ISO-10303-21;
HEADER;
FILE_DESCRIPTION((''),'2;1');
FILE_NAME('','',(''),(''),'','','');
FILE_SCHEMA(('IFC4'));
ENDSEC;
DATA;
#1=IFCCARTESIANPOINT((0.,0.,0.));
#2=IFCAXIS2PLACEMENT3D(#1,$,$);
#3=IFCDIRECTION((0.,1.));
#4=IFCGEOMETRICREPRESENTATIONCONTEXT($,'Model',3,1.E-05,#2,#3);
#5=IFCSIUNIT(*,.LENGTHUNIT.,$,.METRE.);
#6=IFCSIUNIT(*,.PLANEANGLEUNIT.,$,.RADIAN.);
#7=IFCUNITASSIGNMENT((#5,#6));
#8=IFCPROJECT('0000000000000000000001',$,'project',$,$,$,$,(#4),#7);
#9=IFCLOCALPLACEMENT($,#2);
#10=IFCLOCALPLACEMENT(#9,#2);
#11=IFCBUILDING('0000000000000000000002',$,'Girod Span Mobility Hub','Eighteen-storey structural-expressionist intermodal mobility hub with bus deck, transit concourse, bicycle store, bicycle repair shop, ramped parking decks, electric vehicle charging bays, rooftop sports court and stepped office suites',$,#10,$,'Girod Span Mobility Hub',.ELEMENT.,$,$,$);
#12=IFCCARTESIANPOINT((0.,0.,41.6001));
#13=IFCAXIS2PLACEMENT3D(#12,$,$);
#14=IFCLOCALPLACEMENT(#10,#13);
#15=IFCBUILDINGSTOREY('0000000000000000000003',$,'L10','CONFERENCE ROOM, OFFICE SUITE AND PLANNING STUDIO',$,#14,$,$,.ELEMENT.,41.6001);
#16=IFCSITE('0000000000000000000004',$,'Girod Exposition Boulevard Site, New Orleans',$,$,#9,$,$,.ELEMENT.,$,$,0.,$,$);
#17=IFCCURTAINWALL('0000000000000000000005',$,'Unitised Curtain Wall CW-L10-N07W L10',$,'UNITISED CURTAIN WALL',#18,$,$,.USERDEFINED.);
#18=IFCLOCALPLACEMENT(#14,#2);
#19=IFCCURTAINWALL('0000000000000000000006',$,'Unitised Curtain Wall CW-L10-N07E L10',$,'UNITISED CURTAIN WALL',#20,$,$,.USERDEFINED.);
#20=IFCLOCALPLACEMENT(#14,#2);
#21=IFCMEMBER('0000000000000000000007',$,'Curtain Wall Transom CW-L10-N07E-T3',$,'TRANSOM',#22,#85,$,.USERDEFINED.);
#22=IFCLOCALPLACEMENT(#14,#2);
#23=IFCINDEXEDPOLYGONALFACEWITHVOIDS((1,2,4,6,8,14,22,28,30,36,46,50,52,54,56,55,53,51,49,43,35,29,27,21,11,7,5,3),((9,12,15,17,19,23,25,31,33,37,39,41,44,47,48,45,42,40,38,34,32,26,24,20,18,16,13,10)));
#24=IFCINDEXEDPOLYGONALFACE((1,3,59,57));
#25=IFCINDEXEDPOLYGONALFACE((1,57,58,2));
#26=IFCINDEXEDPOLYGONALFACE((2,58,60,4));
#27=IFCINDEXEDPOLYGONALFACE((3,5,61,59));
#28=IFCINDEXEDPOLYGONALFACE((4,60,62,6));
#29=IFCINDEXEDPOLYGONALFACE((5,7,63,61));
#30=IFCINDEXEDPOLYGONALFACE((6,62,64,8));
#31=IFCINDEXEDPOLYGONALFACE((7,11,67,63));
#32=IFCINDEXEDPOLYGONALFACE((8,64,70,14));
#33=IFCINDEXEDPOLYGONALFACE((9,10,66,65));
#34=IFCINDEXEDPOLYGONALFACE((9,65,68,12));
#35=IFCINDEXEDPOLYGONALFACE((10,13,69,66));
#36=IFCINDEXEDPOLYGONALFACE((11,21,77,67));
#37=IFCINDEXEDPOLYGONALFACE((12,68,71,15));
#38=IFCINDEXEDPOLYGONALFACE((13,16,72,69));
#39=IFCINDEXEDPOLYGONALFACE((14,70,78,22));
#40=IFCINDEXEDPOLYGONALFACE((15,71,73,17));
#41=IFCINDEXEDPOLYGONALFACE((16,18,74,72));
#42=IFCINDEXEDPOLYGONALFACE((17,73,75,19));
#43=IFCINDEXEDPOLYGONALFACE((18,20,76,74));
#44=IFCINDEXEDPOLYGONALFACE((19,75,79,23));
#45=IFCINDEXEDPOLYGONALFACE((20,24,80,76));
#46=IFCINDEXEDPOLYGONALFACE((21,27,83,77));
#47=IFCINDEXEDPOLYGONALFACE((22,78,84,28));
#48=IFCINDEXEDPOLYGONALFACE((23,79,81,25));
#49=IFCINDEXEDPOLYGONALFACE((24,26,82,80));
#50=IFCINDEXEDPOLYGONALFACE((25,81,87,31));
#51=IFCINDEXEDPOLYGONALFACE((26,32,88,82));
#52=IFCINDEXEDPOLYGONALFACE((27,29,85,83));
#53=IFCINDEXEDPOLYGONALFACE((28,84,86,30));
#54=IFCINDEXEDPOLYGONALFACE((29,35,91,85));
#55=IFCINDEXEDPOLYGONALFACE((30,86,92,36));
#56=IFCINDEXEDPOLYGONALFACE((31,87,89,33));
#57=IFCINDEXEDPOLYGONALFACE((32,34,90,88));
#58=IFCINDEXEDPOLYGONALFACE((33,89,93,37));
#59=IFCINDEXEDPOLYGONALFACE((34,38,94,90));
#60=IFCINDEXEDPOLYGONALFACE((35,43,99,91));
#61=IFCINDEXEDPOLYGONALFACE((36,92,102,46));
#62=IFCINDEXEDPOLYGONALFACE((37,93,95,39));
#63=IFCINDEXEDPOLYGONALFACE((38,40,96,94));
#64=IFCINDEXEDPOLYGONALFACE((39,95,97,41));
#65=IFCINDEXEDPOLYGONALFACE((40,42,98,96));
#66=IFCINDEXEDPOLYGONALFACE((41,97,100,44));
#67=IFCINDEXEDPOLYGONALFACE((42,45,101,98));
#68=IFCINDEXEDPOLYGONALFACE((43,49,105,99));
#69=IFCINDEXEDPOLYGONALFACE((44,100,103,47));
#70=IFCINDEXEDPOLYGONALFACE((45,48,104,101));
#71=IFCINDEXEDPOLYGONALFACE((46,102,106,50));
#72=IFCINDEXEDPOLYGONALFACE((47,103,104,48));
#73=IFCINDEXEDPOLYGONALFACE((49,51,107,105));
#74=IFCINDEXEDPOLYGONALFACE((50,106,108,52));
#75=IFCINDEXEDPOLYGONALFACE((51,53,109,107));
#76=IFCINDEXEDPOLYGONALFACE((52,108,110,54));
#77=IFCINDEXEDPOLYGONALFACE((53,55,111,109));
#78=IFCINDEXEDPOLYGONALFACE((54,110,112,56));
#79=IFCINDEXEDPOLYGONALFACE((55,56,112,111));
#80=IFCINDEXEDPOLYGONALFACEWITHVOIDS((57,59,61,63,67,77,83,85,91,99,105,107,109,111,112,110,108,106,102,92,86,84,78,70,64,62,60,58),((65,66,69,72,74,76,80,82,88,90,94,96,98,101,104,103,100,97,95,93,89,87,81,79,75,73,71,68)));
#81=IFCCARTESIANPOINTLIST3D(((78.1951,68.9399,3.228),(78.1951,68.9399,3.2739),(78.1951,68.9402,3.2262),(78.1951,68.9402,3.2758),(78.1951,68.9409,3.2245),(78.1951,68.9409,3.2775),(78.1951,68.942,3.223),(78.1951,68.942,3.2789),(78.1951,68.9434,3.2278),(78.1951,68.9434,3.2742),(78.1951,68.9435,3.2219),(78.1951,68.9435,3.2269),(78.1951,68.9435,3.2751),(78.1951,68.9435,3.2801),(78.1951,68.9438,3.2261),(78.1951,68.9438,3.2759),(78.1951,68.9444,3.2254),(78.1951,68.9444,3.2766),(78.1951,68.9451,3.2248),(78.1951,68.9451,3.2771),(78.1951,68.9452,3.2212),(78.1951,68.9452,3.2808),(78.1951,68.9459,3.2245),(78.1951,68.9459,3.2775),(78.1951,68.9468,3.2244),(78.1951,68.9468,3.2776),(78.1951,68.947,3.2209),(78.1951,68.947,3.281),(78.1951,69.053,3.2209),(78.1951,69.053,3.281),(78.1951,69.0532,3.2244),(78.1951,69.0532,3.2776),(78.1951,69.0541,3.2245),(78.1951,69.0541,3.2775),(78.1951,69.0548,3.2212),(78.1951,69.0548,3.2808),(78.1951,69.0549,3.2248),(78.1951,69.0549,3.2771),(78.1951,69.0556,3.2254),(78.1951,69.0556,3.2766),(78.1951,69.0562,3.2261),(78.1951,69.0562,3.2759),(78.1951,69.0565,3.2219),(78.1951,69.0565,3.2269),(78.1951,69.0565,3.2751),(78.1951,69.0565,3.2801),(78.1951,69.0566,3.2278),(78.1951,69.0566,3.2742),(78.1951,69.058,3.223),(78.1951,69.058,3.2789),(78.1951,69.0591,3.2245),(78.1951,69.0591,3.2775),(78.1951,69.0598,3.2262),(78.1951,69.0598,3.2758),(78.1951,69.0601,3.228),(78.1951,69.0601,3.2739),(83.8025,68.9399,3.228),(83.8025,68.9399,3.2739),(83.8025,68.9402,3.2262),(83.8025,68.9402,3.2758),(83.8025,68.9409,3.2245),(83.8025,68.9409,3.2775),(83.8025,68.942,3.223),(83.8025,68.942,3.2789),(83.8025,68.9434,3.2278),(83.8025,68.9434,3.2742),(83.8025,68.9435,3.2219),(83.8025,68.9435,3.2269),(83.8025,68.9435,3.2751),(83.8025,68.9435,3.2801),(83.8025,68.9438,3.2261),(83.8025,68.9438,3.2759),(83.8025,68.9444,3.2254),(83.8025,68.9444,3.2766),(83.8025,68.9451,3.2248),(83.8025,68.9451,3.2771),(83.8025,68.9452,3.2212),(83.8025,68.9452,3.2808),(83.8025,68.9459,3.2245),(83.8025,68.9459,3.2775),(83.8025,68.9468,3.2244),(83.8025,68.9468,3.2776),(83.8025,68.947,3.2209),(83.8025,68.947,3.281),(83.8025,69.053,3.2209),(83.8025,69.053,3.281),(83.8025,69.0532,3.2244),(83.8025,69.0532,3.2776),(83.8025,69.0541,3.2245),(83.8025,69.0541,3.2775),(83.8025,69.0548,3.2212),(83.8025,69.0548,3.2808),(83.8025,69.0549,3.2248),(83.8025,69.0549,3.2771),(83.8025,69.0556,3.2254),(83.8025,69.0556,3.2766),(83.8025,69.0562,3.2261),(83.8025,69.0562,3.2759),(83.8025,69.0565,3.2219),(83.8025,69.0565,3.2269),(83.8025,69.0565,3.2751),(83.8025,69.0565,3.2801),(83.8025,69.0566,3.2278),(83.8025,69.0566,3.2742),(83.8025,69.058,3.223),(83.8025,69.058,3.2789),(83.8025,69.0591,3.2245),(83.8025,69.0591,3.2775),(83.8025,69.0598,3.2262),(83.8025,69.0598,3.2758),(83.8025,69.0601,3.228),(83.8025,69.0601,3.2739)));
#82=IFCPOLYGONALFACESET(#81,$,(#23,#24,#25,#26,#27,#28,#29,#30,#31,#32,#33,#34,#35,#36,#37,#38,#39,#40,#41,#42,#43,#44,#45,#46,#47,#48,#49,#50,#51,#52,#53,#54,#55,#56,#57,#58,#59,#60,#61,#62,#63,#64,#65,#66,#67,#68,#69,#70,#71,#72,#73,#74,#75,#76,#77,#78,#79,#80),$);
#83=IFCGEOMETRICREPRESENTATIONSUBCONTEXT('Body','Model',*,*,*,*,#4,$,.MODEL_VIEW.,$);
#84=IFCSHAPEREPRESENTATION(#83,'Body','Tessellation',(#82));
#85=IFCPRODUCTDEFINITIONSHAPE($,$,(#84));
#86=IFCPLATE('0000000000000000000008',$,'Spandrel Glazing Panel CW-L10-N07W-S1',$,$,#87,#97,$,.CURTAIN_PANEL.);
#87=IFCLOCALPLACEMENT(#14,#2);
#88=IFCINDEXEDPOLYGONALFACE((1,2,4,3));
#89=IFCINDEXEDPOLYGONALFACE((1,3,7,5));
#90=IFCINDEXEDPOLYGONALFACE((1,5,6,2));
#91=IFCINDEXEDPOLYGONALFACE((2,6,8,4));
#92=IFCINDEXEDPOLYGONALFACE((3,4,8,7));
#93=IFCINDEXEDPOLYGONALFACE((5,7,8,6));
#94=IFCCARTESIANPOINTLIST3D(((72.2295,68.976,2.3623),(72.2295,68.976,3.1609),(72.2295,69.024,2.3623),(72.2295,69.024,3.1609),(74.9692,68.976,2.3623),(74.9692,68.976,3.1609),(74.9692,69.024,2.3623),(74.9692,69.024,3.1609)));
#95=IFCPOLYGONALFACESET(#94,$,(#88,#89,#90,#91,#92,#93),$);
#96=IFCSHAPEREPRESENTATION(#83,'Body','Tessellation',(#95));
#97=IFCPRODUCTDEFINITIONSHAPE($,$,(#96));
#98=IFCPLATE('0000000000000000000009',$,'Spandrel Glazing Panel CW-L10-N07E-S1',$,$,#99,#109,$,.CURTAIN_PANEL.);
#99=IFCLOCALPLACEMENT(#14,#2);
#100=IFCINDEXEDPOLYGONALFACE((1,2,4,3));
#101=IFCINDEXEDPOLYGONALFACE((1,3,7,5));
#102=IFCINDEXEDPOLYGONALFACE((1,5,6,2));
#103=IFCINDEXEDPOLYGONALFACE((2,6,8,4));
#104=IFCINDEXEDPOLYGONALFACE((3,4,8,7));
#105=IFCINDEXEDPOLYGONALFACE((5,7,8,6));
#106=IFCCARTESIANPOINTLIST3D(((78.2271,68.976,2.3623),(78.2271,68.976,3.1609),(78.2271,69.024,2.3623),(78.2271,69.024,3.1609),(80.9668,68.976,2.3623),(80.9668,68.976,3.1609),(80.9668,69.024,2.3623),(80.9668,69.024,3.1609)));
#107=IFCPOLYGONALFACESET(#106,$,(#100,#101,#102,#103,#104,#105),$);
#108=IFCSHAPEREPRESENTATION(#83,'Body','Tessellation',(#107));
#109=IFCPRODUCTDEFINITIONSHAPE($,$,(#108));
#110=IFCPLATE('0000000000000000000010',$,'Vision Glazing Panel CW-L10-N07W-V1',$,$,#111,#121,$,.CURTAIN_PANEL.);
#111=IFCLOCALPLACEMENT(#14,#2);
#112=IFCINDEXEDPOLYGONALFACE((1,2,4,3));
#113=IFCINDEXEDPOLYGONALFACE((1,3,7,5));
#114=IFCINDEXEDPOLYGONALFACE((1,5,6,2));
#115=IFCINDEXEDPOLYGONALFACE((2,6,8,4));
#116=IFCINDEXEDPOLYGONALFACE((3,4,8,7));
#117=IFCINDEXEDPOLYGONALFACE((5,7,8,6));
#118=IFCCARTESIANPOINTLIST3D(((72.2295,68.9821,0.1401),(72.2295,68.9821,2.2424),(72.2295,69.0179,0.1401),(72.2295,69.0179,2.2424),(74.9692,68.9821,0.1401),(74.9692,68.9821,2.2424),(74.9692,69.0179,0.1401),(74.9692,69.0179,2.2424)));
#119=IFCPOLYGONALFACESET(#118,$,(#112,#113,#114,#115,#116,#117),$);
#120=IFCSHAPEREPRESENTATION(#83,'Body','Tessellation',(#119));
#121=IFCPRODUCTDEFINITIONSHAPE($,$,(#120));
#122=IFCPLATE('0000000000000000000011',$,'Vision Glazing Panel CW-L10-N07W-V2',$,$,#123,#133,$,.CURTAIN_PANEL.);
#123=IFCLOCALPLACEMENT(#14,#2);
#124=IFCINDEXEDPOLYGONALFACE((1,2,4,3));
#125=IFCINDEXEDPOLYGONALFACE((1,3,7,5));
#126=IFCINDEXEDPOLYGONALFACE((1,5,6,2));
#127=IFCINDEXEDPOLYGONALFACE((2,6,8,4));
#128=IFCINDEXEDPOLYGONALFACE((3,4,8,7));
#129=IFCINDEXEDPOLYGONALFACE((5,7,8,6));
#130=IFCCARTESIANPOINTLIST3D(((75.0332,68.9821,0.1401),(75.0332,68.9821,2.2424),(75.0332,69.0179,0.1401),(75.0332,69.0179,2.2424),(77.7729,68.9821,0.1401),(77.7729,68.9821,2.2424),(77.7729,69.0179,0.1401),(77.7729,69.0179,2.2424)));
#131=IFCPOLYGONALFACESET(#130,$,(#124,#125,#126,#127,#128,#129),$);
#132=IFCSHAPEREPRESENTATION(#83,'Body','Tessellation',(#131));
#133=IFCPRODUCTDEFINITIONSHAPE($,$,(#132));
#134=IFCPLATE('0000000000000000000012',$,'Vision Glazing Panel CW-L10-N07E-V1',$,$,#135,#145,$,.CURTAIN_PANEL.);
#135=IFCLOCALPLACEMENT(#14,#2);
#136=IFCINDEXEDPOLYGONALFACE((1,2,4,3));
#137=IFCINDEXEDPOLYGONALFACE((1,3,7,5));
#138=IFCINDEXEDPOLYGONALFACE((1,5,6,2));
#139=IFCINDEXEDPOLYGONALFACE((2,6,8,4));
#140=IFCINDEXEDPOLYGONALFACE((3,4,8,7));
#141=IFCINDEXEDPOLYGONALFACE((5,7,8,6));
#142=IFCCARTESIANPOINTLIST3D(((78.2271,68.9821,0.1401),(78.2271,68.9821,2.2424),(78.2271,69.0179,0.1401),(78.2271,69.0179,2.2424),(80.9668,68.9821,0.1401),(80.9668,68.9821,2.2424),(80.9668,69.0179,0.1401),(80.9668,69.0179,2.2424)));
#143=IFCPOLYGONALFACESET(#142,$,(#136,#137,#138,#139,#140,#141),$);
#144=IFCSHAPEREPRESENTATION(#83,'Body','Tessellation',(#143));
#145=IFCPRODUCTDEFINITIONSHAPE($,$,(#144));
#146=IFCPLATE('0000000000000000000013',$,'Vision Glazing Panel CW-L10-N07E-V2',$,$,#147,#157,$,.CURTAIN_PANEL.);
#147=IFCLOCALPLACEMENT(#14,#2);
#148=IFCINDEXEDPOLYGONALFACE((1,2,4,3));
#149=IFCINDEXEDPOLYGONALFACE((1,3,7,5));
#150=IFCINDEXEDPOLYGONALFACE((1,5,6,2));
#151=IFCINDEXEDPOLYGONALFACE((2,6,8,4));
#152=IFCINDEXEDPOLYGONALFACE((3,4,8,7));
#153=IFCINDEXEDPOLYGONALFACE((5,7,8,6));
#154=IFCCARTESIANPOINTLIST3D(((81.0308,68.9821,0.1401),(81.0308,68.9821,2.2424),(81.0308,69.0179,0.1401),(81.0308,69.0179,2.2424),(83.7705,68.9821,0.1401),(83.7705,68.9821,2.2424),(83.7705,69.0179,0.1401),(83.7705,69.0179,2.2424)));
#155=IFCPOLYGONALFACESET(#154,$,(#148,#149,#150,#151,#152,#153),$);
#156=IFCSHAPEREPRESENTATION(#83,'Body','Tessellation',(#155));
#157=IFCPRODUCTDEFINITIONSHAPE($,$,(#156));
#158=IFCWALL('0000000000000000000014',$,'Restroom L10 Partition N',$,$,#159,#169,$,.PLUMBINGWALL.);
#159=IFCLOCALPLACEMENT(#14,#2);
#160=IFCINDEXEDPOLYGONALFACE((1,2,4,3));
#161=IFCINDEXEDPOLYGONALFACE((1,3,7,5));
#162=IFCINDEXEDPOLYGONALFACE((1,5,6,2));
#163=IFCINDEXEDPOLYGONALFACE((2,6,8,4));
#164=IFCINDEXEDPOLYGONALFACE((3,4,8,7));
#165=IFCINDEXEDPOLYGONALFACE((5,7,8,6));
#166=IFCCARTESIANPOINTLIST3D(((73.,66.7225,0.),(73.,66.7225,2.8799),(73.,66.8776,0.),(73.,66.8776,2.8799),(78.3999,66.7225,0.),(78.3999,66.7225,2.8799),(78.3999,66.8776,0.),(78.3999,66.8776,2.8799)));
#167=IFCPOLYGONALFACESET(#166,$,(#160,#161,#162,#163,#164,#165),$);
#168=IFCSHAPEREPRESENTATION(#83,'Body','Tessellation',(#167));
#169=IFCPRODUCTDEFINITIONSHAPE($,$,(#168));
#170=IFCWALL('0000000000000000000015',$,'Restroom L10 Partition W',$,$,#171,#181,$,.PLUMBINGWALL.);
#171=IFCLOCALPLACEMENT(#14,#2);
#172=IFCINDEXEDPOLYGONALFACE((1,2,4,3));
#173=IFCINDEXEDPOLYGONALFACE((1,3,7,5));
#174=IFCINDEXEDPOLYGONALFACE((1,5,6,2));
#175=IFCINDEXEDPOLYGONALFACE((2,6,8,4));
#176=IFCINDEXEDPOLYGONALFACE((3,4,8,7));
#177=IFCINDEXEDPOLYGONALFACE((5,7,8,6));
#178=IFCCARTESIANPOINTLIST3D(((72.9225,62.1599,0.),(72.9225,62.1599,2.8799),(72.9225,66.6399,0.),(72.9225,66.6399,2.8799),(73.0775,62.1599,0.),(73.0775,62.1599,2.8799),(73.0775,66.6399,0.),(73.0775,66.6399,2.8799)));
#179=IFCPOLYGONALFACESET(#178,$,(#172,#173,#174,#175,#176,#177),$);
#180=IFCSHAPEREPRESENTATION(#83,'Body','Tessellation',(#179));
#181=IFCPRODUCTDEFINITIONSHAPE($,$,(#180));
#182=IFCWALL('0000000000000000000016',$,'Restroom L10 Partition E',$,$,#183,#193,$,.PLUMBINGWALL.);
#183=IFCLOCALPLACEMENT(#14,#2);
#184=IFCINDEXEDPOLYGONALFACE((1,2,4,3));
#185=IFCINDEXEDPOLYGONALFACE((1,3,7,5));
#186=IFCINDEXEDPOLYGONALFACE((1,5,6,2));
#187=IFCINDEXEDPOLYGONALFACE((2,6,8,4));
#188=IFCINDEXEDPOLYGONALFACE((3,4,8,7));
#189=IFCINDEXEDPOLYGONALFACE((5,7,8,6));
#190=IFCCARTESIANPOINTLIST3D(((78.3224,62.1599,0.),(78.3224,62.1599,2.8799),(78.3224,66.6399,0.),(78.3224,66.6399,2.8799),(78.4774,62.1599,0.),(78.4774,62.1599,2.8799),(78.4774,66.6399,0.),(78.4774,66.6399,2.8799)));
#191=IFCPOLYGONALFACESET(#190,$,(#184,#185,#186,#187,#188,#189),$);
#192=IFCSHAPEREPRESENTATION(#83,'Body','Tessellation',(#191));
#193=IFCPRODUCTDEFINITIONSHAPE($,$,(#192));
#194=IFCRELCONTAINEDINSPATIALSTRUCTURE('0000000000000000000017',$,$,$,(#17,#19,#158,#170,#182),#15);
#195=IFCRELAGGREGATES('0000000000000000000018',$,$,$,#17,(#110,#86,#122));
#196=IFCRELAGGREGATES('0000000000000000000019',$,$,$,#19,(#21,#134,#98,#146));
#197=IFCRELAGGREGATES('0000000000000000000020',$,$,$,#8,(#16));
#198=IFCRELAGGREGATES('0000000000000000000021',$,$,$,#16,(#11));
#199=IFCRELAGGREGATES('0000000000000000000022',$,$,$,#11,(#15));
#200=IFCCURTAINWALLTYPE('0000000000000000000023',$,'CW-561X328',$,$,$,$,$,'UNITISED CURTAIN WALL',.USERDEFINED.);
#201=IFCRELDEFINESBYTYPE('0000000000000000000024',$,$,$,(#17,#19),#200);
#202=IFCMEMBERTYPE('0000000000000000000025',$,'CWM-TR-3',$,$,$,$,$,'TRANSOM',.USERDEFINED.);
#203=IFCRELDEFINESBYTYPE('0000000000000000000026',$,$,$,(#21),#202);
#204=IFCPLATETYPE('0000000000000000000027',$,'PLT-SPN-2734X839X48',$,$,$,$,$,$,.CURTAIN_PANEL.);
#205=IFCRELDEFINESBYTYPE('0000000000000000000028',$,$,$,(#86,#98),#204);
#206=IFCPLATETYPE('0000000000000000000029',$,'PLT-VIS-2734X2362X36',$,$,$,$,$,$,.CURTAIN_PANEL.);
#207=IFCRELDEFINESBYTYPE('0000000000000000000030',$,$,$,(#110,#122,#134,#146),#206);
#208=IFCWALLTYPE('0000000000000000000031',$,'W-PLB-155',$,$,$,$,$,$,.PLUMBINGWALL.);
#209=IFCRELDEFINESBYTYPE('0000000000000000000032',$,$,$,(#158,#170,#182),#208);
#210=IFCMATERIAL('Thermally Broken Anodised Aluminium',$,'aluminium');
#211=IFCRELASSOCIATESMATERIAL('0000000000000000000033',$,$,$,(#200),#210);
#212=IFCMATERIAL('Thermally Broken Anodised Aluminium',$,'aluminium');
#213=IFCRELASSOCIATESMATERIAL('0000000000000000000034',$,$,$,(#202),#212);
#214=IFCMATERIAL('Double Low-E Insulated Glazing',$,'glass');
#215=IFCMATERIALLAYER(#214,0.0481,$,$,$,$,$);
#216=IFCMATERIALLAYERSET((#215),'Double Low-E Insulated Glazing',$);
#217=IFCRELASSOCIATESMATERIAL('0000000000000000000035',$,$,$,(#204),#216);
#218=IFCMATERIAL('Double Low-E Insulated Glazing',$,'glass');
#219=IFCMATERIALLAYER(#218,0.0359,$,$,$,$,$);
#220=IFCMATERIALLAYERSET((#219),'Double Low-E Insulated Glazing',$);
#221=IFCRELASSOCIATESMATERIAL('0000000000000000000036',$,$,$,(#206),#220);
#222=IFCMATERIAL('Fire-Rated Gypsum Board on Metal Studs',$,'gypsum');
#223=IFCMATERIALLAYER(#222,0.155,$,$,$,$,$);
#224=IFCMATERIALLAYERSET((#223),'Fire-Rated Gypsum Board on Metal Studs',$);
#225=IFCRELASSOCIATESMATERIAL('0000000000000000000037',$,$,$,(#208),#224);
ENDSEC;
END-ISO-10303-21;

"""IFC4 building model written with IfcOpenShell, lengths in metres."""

from ifc_helpers import new_model, si_unit, direction, frame, frame_2d, origin, origin_2d, place, context, subcontext, project, spatial, rectangle, hollow_rectangle, extrude, material, layer, layer_set, material_profile, profile_set, type_object, element, aggregate, save


model = new_model("IFC4")

# Units and contexts
model_context = context("Model", 3, precision=1e-05, world=origin(), true_north=direction((0.0, 1.0)))
body_context = subcontext(model_context, "Body", "Model", "MODEL_VIEW")
ifc_project = project(units=[si_unit("LENGTHUNIT", "METRE"), si_unit("PLANEANGLEUNIT", "RADIAN")], contexts=[model_context])

# Site, building, storey
site_placement = place(None, origin())
site = spatial("IfcSite", under=ifc_project, at=site_placement, Name="Girod Exposition Boulevard Site, New Orleans", CompositionType="ELEMENT", RefElevation=0.0)
building_placement = place(site_placement, origin())
building = spatial("IfcBuilding", under=site, at=building_placement, Name="Girod Span Mobility Hub", Description="Eighteen-storey structural-expressionist intermodal mobility hub with bus deck, transit concourse, bicycle store, bicycle repair shop, ramped parking decks, electric vehicle charging bays, rooftop sports court and stepped office suites", LongName="Girod Span Mobility Hub", CompositionType="ELEMENT")
storey_placement = place(building_placement, frame((0.0, 0.0, 41.6001)))
storey = spatial("IfcBuildingStorey", under=building, at=storey_placement, Name="L10", Description="CONFERENCE ROOM, OFFICE SUITE AND PLANNING STUDIO", CompositionType="ELEMENT", Elevation=41.6001)

# Shared definitions
ifc_material_1 = material(Name="Thermally Broken Anodised Aluminium", Category="aluminium")
curtain_wall_type = type_object("IfcCurtainWallType", Name="CW-561X328", ElementType="UNITISED CURTAIN WALL", PredefinedType="USERDEFINED", material=ifc_material_1)

# Curtain walls
curtain_wall_1_placement = place(storey_placement, origin())
curtain_wall_1 = element("IfcCurtainWall", 1, at=curtain_wall_1_placement, inside=storey, type_object=curtain_wall_type, Name="Unitised Curtain Wall CW-L10-N07W L10", ObjectType="UNITISED CURTAIN WALL", PredefinedType="USERDEFINED")
curtain_wall_2_placement = place(storey_placement, origin())
curtain_wall_2 = element("IfcCurtainWall", 2, at=curtain_wall_2_placement, inside=storey, type_object=curtain_wall_type, Name="Unitised Curtain Wall CW-L10-N07E L10", ObjectType="UNITISED CURTAIN WALL", PredefinedType="USERDEFINED")

# Member
ifc_material_2 = material(Name="Thermally Broken Anodised Aluminium", Category="aluminium")
ifc_material_profile_1 = material_profile(ifc_material_2, hollow_rectangle(XDim=0.1201, YDim=0.0601, WallThickness=0.0034, InnerFilletRadius=0.0034, OuterFilletRadius=0.0071, at=origin_2d()), Name="CW-TR-60X120")
ifc_profile_set_1 = profile_set([ifc_material_profile_1], Name="Thermally Broken Anodised Aluminium")
member_type_1 = type_object("IfcMemberType", Name="CWM-TR-3", ElementType="TRANSOM", PredefinedType="USERDEFINED", material=ifc_profile_set_1)
member_1_placement = place(storey_placement, frame((78.1951, 69.0, 3.251), z_axis=(1.0, 0.0, 0.0), x_axis=(0.0, 1.0, 0.0)))
member_1 = element("IfcMember", 3, at=member_1_placement, type_object=member_type_1, Name="Curtain Wall Transom CW-L10-N07E-T3", ObjectType="TRANSOM", PredefinedType="USERDEFINED", context=body_context, shape_type="SweptSolid", body=[
    extrude(hollow_rectangle(XDim=0.1201, YDim=0.0601, WallThickness=0.0034, InnerFilletRadius=0.0034, OuterFilletRadius=0.0071, at=origin_2d()), origin(), (0.0, 0.0, 1.0), 5.6074),
])

# Plates
ifc_material_3 = material(Name="Double Low-E Insulated Glazing", Category="glass")
ifc_layer_1 = layer(ifc_material_3, 0.0481)
ifc_layer_set_1 = layer_set([ifc_layer_1], Name="Double Low-E Insulated Glazing")
plate_type_1 = type_object("IfcPlateType", Name="PLT-SPN-2734X839X48", PredefinedType="CURTAIN_PANEL", material=ifc_layer_set_1)
plate_1_placement = place(storey_placement, frame((73.5994, 69.0, 2.3623), z_axis=(0.0, 0.0, 1.0), x_axis=(1.0, 0.0, 0.0)))
plate_1 = element("IfcPlate", 4, at=plate_1_placement, type_object=plate_type_1, Name="Spandrel Glazing Panel CW-L10-N07W-S1", PredefinedType="CURTAIN_PANEL", context=body_context, shape_type="SweptSolid", body=[
    extrude(rectangle(XDim=2.7397, YDim=0.0481, at=origin_2d()), origin(), (0.0, 0.0, 1.0), 0.7986),
])
plate_2_placement = place(storey_placement, frame((79.5969, 69.0, 2.3623), z_axis=(0.0, 0.0, 1.0), x_axis=(1.0, 0.0, 0.0)))
plate_2 = element("IfcPlate", 5, at=plate_2_placement, type_object=plate_type_1, Name="Spandrel Glazing Panel CW-L10-N07E-S1", PredefinedType="CURTAIN_PANEL", context=body_context, shape_type="SweptSolid", body=[
    extrude(rectangle(XDim=2.7397, YDim=0.0481, at=origin_2d()), origin(), (0.0, 0.0, 1.0), 0.7986),
])
ifc_material_4 = material(Name="Double Low-E Insulated Glazing", Category="glass")
ifc_layer_2 = layer(ifc_material_4, 0.0359)
ifc_layer_set_2 = layer_set([ifc_layer_2], Name="Double Low-E Insulated Glazing")
plate_type_2 = type_object("IfcPlateType", Name="PLT-VIS-2734X2362X36", PredefinedType="CURTAIN_PANEL", material=ifc_layer_set_2)
plate_3_placement = place(storey_placement, frame((73.5994, 69.0, 0.1401), z_axis=(0.0, 0.0, 1.0), x_axis=(1.0, 0.0, 0.0)))
plate_3 = element("IfcPlate", 6, at=plate_3_placement, type_object=plate_type_2, Name="Vision Glazing Panel CW-L10-N07W-V1", PredefinedType="CURTAIN_PANEL", context=body_context, shape_type="SweptSolid", body=[
    extrude(rectangle(XDim=2.7397, YDim=0.0359, at=origin_2d()), origin(), (0.0, 0.0, 1.0), 2.1023),
])
plate_4_placement = place(storey_placement, frame((76.4031, 69.0, 0.1401), z_axis=(0.0, 0.0, 1.0), x_axis=(1.0, 0.0, 0.0)))
plate_4 = element("IfcPlate", 7, at=plate_4_placement, type_object=plate_type_2, Name="Vision Glazing Panel CW-L10-N07W-V2", PredefinedType="CURTAIN_PANEL", context=body_context, shape_type="SweptSolid", body=[
    extrude(rectangle(XDim=2.7397, YDim=0.0359, at=origin_2d()), origin(), (0.0, 0.0, 1.0), 2.1023),
])
aggregate(curtain_wall_1, [plate_3, plate_1, plate_4])
plate_5_placement = place(storey_placement, frame((79.5969, 69.0, 0.1401), z_axis=(0.0, 0.0, 1.0), x_axis=(1.0, 0.0, 0.0)))
plate_5 = element("IfcPlate", 8, at=plate_5_placement, type_object=plate_type_2, Name="Vision Glazing Panel CW-L10-N07E-V1", PredefinedType="CURTAIN_PANEL", context=body_context, shape_type="SweptSolid", body=[
    extrude(rectangle(XDim=2.7397, YDim=0.0359, at=origin_2d()), origin(), (0.0, 0.0, 1.0), 2.1023),
])
plate_6_placement = place(storey_placement, frame((82.4006, 69.0, 0.1401), z_axis=(0.0, 0.0, 1.0), x_axis=(1.0, 0.0, 0.0)))
plate_6 = element("IfcPlate", 9, at=plate_6_placement, type_object=plate_type_2, Name="Vision Glazing Panel CW-L10-N07E-V2", PredefinedType="CURTAIN_PANEL", context=body_context, shape_type="SweptSolid", body=[
    extrude(rectangle(XDim=2.7397, YDim=0.0359, at=origin_2d()), origin(), (0.0, 0.0, 1.0), 2.1023),
])
aggregate(curtain_wall_2, [member_1, plate_5, plate_2, plate_6])

# Shared definitions
ifc_material_5 = material(Name="Fire-Rated Gypsum Board on Metal Studs", Category="gypsum")
ifc_layer_3 = layer(ifc_material_5, 0.155)
ifc_layer_set_3 = layer_set([ifc_layer_3], Name="Fire-Rated Gypsum Board on Metal Studs")
wall_type = type_object("IfcWallType", Name="W-PLB-155", PredefinedType="PLUMBINGWALL", material=ifc_layer_set_3)

# Walls
wall_1_placement = place(storey_placement, frame((73.0, 66.8, 0.0), z_axis=(0.0, 0.0, 1.0), x_axis=(1.0, 0.0, 0.0)))
element("IfcWall", 10, at=wall_1_placement, inside=storey, type_object=wall_type, Name="Restroom L10 Partition N", PredefinedType="PLUMBINGWALL", context=body_context, shape_type="SweptSolid", body=[
    extrude(rectangle(XDim=5.3999, YDim=0.155, at=frame_2d((2.7, 0.0))), origin(), (0.0, 0.0, 1.0), 2.8799),
])
for number, where, z_axis, x_axis, name in (
    (11, (73.0, 62.1599, 0.0), (0.0, 0.0, 1.0), (0.0, 1.0, 0.0), "Restroom L10 Partition W"),
    (12, (78.3999, 62.1599, 0.0), (0.0, 0.0, 1.0), (0.0, 1.0, 0.0), "Restroom L10 Partition E"),
):
    element("IfcWall", number, at=place(storey_placement, frame(where, z_axis=z_axis, x_axis=x_axis)), inside=storey, type_object=wall_type, Name=name, PredefinedType="PLUMBINGWALL", context=body_context, shape_type="SweptSolid", body=[
        extrude(rectangle(XDim=4.48, YDim=0.155, at=frame_2d((2.24, 0.0))), origin(), (0.0, 0.0, 1.0), 2.8799),
    ])

save(model, "model.ifc")
